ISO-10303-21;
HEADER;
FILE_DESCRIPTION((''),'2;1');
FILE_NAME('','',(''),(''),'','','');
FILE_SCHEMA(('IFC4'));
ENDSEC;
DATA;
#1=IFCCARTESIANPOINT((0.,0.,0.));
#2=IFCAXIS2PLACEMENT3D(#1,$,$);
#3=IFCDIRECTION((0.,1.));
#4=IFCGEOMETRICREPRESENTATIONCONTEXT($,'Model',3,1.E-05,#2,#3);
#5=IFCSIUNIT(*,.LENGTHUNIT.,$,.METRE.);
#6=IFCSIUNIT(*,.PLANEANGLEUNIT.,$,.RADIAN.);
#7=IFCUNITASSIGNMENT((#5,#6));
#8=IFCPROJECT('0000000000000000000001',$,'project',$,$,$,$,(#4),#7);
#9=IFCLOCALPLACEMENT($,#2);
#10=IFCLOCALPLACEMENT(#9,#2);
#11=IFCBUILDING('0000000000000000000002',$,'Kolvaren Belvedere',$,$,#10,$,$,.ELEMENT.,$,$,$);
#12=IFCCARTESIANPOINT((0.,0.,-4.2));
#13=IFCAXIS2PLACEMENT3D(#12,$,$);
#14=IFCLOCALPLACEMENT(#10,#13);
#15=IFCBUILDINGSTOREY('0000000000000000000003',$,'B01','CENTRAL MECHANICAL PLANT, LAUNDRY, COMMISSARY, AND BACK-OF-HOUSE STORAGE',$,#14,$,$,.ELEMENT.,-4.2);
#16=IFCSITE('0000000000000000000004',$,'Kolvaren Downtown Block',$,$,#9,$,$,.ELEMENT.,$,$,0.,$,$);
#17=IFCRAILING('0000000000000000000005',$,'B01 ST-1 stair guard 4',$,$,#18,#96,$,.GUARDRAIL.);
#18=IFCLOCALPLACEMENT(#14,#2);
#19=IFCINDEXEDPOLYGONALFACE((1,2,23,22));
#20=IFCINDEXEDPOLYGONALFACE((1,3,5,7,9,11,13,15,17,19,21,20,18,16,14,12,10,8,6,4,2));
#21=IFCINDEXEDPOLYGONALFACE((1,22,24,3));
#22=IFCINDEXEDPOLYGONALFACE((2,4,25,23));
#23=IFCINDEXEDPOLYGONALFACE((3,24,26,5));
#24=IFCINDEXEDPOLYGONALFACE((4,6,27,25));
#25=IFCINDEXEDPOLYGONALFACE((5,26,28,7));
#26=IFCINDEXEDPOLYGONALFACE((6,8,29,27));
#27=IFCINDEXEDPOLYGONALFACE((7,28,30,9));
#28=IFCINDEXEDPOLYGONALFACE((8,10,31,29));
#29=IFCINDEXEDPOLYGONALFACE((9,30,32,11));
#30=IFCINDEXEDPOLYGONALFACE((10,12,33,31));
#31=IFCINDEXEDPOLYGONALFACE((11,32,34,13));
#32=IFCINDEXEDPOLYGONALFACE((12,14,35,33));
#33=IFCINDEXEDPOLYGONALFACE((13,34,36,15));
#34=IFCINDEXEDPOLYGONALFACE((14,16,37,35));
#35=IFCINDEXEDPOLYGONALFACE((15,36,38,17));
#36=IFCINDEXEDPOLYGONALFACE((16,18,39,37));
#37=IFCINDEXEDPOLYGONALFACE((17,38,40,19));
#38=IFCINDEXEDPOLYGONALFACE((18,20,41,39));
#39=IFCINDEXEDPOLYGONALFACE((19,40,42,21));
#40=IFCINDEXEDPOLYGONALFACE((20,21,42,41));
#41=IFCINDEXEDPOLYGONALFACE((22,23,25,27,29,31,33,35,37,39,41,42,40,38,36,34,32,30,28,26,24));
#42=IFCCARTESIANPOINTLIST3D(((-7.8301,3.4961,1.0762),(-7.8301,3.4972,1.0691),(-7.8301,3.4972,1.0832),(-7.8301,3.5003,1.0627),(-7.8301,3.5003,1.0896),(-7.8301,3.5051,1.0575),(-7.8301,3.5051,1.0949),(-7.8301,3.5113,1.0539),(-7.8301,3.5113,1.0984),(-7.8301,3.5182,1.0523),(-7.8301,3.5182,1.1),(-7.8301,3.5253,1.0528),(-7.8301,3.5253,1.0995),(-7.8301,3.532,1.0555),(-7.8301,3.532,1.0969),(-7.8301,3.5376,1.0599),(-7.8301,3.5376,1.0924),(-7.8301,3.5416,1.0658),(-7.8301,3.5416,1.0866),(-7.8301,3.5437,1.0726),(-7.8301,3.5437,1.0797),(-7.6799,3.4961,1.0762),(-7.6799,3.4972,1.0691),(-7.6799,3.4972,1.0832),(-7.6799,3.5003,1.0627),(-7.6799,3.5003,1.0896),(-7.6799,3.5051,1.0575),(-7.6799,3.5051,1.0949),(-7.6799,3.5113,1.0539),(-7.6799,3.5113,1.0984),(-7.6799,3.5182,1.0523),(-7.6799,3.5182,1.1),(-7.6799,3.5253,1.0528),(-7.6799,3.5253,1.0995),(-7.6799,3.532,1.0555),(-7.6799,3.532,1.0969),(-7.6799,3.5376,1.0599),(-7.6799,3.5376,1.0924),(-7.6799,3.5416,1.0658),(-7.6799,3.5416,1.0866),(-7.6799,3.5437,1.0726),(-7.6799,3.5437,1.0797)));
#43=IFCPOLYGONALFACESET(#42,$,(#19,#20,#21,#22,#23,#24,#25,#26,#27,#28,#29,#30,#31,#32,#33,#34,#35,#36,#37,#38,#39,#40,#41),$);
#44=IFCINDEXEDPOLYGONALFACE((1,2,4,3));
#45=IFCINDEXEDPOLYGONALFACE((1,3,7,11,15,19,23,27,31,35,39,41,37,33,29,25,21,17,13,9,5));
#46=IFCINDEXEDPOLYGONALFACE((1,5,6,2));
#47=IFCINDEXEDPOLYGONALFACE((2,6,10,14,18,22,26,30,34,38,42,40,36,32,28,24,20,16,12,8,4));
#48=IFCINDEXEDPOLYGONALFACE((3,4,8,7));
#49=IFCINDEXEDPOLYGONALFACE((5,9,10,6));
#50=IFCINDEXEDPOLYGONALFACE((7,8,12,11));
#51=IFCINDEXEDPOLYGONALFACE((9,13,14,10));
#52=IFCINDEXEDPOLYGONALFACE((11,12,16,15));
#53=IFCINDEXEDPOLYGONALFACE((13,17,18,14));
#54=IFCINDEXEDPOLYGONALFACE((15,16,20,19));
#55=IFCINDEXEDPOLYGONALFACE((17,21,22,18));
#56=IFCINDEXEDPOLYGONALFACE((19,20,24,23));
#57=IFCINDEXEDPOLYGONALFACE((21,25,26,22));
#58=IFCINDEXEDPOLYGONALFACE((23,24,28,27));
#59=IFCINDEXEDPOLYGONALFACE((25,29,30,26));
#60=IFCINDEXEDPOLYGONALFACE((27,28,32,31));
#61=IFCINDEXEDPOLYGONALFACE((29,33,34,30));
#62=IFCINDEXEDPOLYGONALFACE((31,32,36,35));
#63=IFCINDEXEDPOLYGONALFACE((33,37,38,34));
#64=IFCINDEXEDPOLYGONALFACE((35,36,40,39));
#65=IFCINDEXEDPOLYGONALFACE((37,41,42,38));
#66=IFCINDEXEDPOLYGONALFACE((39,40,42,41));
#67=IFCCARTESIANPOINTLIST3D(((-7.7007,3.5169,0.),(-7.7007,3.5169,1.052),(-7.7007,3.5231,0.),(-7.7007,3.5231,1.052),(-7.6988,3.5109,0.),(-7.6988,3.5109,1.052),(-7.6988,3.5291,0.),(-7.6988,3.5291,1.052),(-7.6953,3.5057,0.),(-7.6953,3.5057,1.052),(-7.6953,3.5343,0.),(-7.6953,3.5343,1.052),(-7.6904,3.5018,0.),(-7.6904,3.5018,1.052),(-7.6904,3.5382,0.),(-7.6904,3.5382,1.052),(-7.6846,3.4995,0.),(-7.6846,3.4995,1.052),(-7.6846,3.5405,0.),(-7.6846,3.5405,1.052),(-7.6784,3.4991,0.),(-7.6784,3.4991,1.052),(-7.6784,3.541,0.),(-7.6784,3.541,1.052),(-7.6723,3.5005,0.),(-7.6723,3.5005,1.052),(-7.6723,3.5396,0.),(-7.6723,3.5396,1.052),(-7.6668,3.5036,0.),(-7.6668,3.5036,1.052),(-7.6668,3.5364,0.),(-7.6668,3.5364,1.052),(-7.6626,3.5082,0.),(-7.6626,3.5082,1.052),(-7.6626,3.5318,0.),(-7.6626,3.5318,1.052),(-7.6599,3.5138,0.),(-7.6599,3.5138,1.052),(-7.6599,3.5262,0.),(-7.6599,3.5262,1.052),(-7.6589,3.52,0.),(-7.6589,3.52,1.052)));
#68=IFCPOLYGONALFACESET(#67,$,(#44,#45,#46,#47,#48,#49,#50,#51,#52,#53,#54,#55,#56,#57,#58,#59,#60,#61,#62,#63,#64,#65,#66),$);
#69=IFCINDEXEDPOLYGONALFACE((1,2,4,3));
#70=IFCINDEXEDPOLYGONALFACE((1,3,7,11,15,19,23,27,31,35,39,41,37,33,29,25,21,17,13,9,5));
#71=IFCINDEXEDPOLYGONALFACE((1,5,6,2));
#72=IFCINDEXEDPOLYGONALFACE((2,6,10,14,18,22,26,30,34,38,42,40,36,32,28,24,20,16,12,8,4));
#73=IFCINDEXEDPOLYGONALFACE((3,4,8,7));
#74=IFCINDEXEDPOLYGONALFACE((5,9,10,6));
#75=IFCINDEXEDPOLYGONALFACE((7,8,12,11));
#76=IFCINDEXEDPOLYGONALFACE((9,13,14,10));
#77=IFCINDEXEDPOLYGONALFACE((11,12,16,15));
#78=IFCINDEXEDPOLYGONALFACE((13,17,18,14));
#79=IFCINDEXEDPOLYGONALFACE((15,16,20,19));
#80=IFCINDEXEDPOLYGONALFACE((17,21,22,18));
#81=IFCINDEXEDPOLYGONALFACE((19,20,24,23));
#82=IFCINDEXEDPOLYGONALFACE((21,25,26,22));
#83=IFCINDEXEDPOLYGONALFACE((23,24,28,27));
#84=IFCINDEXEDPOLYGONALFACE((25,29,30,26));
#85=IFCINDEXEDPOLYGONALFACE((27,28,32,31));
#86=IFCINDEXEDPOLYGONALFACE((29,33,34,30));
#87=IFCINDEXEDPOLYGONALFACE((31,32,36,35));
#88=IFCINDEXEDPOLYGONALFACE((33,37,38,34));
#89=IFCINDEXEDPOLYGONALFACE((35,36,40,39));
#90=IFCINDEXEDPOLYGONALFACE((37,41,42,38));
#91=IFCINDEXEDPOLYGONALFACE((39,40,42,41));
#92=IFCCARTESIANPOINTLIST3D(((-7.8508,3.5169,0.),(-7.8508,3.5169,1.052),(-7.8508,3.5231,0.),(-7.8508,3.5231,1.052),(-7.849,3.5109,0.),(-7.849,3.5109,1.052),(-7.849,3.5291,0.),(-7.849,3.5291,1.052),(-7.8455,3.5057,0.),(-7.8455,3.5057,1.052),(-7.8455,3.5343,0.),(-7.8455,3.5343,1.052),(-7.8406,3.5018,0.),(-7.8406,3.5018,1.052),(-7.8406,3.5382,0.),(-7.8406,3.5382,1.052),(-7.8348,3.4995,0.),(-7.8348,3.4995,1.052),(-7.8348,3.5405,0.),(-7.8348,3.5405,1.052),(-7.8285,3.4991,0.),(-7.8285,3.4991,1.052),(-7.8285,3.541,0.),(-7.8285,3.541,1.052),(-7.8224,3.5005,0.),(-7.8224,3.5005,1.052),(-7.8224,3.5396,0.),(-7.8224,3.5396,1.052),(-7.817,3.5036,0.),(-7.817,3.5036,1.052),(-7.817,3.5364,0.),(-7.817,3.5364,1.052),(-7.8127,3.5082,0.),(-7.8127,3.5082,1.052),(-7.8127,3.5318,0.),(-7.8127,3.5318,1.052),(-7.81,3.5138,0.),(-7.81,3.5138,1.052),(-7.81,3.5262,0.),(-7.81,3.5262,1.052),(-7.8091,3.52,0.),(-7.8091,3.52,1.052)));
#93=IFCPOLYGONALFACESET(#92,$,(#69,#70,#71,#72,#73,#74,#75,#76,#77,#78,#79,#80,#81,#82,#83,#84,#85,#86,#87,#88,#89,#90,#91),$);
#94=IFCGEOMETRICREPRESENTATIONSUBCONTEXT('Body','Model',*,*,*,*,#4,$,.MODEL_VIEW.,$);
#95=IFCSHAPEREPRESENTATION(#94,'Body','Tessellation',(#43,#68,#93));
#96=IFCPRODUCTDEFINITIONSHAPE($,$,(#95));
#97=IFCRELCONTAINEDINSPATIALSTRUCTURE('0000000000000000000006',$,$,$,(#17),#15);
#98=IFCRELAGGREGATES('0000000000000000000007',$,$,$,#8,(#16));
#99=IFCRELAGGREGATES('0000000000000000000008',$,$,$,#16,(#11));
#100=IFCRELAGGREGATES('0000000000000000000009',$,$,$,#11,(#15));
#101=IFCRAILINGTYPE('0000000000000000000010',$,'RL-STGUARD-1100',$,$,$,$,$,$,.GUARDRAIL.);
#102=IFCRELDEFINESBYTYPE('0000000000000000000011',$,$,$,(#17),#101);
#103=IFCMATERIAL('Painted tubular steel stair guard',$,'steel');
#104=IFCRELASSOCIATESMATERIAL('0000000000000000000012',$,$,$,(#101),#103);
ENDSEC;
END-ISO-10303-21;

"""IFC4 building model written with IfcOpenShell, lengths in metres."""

from ifc_helpers import new_model, si_unit, direction, frame, origin, origin_2d, place, context, subcontext, project, spatial, circle, extrude, material, type_object, element, save


model = new_model("IFC4")

# Units and contexts
model_context = context("Model", 3, precision=1e-05, world=origin(), true_north=direction((0.0, 1.0)))
body_context = subcontext(model_context, "Body", "Model", "MODEL_VIEW")
ifc_project = project(units=[si_unit("LENGTHUNIT", "METRE"), si_unit("PLANEANGLEUNIT", "RADIAN")], contexts=[model_context])

# Site, building, storey
site_placement = place(None, origin())
site = spatial("IfcSite", under=ifc_project, at=site_placement, Name="Kolvaren Downtown Block", CompositionType="ELEMENT", RefElevation=0.0)
building_placement = place(site_placement, origin())
building = spatial("IfcBuilding", under=site, at=building_placement, Name="Kolvaren Belvedere", CompositionType="ELEMENT")
storey_placement = place(building_placement, frame((0.0, 0.0, -4.2)))
storey = spatial("IfcBuildingStorey", under=building, at=storey_placement, Name="B01", Description="CENTRAL MECHANICAL PLANT, LAUNDRY, COMMISSARY, AND BACK-OF-HOUSE STORAGE", CompositionType="ELEMENT", Elevation=-4.2)

# Railing
ifc_material_1 = material(Name="Painted tubular steel stair guard", Category="steel")
railing_type_1 = type_object("IfcRailingType", Name="RL-STGUARD-1100", PredefinedType="GUARDRAIL", material=ifc_material_1)
railing_1_placement = place(storey_placement, frame((-7.6799, 3.52, 0.0)))
element("IfcRailing", 1, at=railing_1_placement, inside=storey, type_object=railing_type_1, Name="B01 ST-1 stair guard 4", PredefinedType="GUARDRAIL", context=body_context, shape_type="SweptSolid", body=[
    extrude(circle(Radius=0.0239, at=origin_2d()), frame((0.0, 0.0, 1.0762), z_axis=(-1.0, 0.0, 0.0), x_axis=(0.0, -1.0, 0.0)), (0.0, 0.0, 1.0), 0.1501),
    extrude(circle(Radius=0.021, at=origin_2d()), origin(), (0.0, 0.0, 1.0), 1.052),
    extrude(circle(Radius=0.021, at=origin_2d()), frame((-0.1501, 0.0, 0.0)), (0.0, 0.0, 1.0), 1.052),
])

save(model, "model.ifc")
